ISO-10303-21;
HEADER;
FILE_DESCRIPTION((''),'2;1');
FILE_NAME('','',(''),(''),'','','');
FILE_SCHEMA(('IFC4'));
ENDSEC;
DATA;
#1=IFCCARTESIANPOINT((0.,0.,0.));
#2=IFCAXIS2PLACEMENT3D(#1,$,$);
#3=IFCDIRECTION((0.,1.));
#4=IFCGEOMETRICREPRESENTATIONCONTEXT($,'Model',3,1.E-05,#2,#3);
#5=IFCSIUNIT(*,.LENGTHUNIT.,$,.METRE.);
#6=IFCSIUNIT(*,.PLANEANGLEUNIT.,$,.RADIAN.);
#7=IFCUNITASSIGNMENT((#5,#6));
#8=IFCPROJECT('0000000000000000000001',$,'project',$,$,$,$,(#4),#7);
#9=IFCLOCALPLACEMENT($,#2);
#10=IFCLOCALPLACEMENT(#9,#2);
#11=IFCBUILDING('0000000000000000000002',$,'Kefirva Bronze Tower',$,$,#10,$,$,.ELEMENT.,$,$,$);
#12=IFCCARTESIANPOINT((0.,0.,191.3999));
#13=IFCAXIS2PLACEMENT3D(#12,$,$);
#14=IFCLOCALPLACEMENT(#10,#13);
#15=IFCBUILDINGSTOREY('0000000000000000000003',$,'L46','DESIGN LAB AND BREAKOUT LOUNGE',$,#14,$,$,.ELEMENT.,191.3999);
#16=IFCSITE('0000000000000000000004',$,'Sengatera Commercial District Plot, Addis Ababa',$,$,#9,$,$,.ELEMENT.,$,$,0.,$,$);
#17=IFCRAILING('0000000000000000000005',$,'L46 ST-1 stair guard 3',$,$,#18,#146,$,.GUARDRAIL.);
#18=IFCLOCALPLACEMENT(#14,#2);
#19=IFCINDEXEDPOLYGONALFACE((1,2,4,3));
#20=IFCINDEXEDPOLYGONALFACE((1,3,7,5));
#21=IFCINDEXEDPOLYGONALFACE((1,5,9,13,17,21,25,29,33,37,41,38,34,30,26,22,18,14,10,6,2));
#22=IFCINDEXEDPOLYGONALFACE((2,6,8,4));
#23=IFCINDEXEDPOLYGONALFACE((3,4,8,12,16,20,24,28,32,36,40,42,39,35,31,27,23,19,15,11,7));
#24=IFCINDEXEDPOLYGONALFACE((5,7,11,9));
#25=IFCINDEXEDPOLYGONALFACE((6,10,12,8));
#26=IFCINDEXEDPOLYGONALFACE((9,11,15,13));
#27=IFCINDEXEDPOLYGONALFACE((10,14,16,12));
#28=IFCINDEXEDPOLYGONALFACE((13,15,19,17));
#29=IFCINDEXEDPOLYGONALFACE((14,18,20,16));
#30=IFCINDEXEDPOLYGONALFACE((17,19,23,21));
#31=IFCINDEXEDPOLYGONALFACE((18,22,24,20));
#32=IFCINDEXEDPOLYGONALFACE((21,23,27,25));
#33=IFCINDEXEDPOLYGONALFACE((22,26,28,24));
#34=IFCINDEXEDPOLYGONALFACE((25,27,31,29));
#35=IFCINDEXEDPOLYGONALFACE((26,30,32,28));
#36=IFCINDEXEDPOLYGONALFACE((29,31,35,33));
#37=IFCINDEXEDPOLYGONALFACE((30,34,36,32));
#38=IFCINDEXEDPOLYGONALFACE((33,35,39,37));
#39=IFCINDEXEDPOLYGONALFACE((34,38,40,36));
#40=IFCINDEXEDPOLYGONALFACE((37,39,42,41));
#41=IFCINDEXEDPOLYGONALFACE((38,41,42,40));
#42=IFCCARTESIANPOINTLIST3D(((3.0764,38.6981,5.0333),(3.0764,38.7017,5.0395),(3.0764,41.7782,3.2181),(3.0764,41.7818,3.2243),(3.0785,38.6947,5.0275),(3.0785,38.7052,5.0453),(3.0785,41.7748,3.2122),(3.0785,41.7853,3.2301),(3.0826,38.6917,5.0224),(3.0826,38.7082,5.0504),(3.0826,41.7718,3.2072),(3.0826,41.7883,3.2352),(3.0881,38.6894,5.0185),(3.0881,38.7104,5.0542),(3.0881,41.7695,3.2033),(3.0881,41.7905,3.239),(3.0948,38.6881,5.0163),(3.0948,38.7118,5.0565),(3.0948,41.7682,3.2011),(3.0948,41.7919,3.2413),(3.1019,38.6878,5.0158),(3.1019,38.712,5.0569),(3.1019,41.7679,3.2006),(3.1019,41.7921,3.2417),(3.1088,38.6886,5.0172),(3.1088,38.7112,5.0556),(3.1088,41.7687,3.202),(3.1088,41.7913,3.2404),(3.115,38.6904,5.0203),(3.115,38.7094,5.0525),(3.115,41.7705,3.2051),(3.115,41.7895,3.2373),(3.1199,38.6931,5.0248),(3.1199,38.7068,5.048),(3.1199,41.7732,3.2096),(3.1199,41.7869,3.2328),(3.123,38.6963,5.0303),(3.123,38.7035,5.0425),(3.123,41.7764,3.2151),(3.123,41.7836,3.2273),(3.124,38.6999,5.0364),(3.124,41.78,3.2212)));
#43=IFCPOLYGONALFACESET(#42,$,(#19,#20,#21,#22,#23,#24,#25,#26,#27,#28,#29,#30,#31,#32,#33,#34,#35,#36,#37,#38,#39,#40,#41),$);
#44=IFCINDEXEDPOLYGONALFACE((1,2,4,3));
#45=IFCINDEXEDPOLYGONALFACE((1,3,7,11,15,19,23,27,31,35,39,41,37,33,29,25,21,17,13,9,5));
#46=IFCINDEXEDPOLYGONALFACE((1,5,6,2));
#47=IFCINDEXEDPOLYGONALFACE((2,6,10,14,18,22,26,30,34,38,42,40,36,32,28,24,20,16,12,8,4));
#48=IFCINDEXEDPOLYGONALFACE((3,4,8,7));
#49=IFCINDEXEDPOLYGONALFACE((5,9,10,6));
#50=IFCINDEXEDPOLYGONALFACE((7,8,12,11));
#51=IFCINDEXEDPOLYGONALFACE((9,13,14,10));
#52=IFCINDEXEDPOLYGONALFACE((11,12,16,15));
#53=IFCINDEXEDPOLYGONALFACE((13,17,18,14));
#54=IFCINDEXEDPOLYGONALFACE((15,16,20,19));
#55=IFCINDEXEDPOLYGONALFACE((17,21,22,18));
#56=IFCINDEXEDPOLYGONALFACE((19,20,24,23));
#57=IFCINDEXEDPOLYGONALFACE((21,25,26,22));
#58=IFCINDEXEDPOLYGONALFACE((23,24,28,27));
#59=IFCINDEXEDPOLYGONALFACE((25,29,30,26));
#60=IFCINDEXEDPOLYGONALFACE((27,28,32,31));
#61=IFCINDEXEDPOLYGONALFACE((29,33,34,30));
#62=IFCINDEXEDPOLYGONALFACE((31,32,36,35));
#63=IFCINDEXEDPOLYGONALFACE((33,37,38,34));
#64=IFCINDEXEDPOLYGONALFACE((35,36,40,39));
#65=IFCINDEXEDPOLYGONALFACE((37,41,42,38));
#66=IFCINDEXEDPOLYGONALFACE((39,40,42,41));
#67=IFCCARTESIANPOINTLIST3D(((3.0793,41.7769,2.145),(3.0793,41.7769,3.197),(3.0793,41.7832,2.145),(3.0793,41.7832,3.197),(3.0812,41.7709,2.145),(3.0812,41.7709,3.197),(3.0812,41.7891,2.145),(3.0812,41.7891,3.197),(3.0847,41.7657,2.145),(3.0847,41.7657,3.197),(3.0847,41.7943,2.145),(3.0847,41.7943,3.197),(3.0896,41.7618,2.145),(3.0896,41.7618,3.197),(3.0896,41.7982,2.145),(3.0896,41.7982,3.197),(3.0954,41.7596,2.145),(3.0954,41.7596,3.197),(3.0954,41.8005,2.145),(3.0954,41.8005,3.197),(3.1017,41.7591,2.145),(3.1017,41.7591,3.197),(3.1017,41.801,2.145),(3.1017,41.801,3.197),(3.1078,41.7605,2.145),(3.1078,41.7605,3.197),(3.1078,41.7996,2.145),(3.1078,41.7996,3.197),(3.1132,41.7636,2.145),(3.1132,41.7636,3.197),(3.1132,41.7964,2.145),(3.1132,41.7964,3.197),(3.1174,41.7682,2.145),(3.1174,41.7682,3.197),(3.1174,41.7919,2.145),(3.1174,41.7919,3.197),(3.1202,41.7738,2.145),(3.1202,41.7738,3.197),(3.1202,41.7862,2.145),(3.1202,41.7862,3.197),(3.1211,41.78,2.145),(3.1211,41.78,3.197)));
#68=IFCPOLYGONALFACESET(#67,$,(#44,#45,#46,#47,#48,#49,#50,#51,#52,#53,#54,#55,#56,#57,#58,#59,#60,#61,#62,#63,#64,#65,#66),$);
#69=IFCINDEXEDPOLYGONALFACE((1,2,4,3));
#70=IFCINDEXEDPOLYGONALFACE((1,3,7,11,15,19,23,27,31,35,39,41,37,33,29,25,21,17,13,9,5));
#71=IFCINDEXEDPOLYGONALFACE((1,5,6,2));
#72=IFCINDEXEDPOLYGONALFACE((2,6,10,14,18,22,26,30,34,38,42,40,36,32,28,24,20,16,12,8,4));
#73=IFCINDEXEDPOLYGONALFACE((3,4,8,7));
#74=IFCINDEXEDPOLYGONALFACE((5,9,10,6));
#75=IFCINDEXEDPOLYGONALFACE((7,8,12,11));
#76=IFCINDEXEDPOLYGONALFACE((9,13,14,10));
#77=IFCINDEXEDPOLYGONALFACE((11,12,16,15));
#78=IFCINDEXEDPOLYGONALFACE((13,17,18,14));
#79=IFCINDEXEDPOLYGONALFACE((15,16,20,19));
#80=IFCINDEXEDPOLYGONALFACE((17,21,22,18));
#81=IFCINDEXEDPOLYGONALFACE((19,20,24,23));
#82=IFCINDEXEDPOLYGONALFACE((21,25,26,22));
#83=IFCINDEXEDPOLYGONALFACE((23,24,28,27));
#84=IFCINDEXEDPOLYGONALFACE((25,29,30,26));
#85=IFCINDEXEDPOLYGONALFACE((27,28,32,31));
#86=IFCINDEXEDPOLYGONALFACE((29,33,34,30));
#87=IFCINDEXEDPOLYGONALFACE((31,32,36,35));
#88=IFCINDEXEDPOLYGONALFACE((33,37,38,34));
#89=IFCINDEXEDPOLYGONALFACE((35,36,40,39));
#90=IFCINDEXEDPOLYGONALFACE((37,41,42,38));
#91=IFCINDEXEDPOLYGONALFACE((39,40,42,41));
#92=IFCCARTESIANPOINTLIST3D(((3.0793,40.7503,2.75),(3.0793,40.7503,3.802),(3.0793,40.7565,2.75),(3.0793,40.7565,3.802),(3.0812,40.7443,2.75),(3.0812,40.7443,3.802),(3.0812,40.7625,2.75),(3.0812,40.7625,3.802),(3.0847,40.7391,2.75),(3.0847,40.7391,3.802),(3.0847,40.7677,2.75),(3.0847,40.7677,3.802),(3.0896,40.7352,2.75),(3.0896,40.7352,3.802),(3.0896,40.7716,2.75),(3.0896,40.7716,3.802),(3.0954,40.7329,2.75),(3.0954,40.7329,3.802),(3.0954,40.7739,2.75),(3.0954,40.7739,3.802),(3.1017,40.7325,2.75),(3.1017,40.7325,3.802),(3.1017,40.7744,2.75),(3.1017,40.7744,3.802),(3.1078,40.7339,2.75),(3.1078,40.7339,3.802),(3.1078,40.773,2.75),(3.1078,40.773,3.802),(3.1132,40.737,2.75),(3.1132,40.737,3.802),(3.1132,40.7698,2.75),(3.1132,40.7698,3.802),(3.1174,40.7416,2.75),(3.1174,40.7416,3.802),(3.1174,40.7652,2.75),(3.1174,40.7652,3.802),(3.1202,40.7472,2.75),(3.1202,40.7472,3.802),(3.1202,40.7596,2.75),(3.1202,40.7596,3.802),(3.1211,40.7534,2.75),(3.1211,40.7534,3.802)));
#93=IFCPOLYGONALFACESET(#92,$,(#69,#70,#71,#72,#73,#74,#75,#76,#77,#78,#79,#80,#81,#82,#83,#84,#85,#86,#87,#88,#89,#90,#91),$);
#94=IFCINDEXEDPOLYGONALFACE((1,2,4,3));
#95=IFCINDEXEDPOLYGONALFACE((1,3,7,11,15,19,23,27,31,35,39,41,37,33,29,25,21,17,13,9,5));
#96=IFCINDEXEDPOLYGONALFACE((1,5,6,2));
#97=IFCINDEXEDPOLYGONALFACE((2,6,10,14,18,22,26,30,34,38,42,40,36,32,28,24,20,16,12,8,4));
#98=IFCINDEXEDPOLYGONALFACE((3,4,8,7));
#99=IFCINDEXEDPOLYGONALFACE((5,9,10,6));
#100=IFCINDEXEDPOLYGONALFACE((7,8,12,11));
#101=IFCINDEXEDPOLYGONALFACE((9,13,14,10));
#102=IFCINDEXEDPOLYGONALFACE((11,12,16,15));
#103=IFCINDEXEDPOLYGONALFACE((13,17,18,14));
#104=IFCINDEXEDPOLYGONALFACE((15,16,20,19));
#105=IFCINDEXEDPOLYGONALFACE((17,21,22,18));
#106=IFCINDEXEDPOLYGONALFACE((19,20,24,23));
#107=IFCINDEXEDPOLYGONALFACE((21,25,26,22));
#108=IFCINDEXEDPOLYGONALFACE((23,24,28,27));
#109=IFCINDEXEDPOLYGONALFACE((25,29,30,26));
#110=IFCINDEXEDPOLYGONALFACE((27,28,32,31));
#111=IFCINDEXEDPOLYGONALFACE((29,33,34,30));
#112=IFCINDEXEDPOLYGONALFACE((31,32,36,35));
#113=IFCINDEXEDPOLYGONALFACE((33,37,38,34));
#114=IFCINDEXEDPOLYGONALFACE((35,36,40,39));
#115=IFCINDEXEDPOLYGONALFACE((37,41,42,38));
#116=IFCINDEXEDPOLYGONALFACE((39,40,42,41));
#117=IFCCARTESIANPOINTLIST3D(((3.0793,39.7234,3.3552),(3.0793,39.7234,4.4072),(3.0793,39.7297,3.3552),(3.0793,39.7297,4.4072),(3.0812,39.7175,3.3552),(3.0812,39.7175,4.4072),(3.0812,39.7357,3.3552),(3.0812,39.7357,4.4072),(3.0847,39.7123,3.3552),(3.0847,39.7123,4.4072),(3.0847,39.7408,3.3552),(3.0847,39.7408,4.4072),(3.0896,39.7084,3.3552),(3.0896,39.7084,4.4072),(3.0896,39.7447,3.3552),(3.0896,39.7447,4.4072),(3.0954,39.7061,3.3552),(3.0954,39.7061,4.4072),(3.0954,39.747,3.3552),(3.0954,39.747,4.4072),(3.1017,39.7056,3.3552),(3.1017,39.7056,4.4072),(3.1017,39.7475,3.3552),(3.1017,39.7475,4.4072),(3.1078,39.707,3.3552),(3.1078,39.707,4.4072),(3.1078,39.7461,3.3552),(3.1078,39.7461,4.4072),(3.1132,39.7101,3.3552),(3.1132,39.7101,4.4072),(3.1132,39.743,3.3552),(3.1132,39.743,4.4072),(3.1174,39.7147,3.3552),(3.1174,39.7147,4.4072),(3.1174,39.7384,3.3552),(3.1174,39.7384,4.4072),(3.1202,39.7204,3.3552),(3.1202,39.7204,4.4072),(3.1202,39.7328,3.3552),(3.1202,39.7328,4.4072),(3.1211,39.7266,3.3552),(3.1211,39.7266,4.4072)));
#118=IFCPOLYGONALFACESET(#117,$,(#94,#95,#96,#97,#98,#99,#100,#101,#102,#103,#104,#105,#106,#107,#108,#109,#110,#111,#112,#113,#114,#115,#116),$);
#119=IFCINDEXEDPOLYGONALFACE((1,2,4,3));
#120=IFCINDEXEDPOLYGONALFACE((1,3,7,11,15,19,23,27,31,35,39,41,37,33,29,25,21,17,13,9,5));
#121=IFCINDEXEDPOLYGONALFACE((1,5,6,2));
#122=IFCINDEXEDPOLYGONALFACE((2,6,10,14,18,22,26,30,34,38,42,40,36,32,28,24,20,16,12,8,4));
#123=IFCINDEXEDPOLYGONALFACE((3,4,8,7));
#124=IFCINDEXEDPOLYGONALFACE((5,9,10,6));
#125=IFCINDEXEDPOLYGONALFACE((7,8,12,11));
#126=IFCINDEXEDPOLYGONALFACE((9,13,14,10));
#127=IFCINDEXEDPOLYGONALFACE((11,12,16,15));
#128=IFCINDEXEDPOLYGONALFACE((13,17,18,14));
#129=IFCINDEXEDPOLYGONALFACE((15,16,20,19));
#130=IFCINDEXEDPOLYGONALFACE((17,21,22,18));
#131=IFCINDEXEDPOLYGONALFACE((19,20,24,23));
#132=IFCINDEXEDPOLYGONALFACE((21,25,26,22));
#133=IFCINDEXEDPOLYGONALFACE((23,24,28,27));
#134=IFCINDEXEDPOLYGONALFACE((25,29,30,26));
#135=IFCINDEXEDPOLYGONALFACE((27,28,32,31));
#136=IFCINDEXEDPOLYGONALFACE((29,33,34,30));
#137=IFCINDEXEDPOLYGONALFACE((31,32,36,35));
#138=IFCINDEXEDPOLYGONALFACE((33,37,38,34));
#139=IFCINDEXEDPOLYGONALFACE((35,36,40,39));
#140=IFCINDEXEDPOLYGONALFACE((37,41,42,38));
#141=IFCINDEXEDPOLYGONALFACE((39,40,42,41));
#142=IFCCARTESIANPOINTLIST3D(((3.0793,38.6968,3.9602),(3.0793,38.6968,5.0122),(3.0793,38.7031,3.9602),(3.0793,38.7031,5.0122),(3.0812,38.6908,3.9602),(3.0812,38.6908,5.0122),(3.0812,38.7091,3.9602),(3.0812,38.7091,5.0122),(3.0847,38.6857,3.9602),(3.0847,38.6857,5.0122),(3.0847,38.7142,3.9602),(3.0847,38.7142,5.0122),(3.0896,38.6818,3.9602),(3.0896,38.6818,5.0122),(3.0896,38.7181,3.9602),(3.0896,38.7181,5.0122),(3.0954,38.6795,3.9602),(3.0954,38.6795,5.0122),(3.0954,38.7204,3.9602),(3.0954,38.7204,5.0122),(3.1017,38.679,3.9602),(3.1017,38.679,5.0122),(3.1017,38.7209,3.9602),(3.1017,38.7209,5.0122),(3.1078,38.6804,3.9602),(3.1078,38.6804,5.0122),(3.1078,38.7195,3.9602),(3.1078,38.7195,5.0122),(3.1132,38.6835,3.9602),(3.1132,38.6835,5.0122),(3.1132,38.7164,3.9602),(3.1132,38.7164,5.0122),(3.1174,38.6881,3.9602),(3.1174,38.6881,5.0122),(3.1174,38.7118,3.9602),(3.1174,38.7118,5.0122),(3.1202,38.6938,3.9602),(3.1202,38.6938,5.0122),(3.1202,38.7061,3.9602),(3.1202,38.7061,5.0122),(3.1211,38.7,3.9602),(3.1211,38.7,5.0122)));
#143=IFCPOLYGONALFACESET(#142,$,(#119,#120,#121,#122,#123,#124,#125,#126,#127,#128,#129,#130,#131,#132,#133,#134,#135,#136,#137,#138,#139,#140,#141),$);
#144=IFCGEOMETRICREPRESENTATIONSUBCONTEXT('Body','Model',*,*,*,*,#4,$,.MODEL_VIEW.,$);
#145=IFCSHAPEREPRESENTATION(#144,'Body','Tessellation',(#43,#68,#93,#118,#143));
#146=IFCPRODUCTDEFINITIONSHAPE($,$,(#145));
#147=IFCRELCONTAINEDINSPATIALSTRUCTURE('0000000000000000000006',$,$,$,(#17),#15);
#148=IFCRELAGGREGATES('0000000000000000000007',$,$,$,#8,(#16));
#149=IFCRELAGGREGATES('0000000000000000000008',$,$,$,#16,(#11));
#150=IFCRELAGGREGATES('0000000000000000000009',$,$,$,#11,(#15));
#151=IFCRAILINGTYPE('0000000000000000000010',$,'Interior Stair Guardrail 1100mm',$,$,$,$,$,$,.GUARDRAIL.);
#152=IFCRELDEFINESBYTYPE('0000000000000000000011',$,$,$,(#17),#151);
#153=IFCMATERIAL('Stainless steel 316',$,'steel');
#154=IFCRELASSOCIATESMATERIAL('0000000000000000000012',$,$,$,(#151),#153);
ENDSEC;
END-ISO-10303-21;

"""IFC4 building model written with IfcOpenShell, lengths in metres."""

from ifc_helpers import new_model, si_unit, direction, frame, origin, origin_2d, place, context, subcontext, project, spatial, circle, extrude, material, type_object, element, save


model = new_model("IFC4")

# Units and contexts
model_context = context("Model", 3, precision=1e-05, world=origin(), true_north=direction((0.0, 1.0)))
body_context = subcontext(model_context, "Body", "Model", "MODEL_VIEW")
ifc_project = project(units=[si_unit("LENGTHUNIT", "METRE"), si_unit("PLANEANGLEUNIT", "RADIAN")], contexts=[model_context])

# Site, building, storey
site_placement = place(None, origin())
site = spatial("IfcSite", under=ifc_project, at=site_placement, Name="Sengatera Commercial District Plot, Addis Ababa", CompositionType="ELEMENT", RefElevation=0.0)
building_placement = place(site_placement, origin())
building = spatial("IfcBuilding", under=site, at=building_placement, Name="Kefirva Bronze Tower", CompositionType="ELEMENT")
storey_placement = place(building_placement, frame((0.0, 0.0, 191.3999)))
storey = spatial("IfcBuildingStorey", under=building, at=storey_placement, Name="L46", Description="DESIGN LAB AND BREAKOUT LOUNGE", CompositionType="ELEMENT", Elevation=191.3999)

# Railing
ifc_material_1 = material(Name="Stainless steel 316", Category="steel")
railing_type_1 = type_object("IfcRailingType", Name="Interior Stair Guardrail 1100mm", PredefinedType="GUARDRAIL", material=ifc_material_1)
railing_1_placement = place(storey_placement, frame((3.1001, 41.78, 2.145)))
element("IfcRailing", 1, at=railing_1_placement, inside=storey, type_object=railing_type_1, Name="L46 ST-1 stair guard 3", PredefinedType="GUARDRAIL", context=body_context, shape_type="SweptSolid", body=[
    extrude(circle(Radius=0.0239, at=origin_2d()), frame((0.0, 0.0, 1.0762), z_axis=(0.0, -0.861521, 0.507721), x_axis=(1.0, 0.0, 0.0)), (0.0, 0.0, 1.0), 3.5752),
    extrude(circle(Radius=0.021, at=origin_2d()), origin(), (0.0, 0.0, 1.0), 1.052),
    extrude(circle(Radius=0.021, at=origin_2d()), frame((0.0, -1.0266, 0.605)), (0.0, 0.0, 1.0), 1.052),
    extrude(circle(Radius=0.021, at=origin_2d()), frame((0.0, -2.0535, 1.2102)), (0.0, 0.0, 1.0), 1.052),
    extrude(circle(Radius=0.021, at=origin_2d()), frame((0.0, -3.0801, 1.8152)), (0.0, 0.0, 1.0), 1.052),
])

save(model, "model.ifc")
